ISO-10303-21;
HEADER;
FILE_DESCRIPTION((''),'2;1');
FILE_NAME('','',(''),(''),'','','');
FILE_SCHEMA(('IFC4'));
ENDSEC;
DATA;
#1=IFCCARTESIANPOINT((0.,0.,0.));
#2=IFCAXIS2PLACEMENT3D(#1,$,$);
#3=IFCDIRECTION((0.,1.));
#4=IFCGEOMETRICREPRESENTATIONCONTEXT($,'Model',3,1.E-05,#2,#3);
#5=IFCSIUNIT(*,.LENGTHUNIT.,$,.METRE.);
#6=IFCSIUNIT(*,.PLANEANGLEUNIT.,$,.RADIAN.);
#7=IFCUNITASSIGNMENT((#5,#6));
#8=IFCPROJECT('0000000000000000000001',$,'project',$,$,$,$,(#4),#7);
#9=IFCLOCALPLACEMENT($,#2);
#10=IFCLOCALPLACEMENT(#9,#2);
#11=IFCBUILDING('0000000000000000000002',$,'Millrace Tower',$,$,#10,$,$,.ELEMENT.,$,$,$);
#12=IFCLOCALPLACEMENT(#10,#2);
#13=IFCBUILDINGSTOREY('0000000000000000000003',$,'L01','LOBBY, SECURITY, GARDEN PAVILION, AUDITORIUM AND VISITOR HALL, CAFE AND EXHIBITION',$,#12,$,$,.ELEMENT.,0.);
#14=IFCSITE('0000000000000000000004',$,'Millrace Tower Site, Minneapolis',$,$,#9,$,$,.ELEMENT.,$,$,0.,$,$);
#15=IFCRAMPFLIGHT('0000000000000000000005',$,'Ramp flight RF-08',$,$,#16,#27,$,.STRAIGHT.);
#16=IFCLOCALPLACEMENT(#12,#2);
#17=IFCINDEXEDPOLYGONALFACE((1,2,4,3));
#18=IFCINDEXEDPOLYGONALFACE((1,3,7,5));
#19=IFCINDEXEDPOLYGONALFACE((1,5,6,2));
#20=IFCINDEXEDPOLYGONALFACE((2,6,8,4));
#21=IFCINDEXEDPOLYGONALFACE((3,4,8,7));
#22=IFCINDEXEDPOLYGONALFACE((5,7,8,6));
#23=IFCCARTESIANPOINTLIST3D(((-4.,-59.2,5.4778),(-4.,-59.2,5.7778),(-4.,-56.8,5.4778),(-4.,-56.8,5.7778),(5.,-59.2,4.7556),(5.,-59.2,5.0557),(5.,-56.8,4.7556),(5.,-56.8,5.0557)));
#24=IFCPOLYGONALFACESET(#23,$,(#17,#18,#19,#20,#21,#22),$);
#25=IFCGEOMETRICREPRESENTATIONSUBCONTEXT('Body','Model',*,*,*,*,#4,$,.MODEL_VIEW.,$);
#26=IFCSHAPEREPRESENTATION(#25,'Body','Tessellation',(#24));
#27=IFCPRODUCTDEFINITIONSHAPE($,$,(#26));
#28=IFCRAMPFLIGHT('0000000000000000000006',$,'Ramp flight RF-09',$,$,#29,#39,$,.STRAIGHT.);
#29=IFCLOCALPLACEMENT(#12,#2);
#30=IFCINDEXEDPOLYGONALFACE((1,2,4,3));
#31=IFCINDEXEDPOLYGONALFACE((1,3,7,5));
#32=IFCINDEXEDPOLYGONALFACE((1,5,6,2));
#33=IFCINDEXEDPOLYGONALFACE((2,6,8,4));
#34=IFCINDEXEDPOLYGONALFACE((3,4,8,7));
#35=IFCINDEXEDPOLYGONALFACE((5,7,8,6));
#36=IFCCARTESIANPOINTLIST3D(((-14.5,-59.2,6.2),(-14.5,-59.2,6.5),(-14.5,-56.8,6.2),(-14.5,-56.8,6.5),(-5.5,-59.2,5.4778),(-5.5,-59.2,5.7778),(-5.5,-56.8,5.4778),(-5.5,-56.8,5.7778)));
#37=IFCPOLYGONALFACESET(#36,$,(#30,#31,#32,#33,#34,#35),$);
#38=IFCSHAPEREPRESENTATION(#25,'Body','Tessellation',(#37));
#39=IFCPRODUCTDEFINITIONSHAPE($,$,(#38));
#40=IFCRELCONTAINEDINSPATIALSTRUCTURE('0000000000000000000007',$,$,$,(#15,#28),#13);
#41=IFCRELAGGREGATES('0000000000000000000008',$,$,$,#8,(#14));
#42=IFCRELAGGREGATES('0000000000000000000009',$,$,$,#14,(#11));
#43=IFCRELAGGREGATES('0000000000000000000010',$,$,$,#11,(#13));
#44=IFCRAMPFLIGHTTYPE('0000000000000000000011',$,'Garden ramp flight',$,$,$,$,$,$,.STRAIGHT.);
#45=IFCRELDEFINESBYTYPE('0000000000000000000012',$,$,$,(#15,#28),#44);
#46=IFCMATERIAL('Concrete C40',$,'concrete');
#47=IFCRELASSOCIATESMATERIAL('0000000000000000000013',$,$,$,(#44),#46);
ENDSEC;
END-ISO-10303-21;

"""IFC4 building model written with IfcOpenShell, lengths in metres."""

from ifc_helpers import new_model, si_unit, direction, frame, origin, place, context, subcontext, project, spatial, polyline, outline, extrude, material, type_object, element, save


model = new_model("IFC4")

# Units and contexts
model_context = context("Model", 3, precision=1e-05, world=origin(), true_north=direction((0.0, 1.0)))
body_context = subcontext(model_context, "Body", "Model", "MODEL_VIEW")
ifc_project = project(units=[si_unit("LENGTHUNIT", "METRE"), si_unit("PLANEANGLEUNIT", "RADIAN")], contexts=[model_context])

# Site, building, storey
site_placement = place(None, origin())
site = spatial("IfcSite", under=ifc_project, at=site_placement, Name="Millrace Tower Site, Minneapolis", CompositionType="ELEMENT", RefElevation=0.0)
building_placement = place(site_placement, origin())
building = spatial("IfcBuilding", under=site, at=building_placement, Name="Millrace Tower", CompositionType="ELEMENT")
storey_placement = place(building_placement, origin())
storey = spatial("IfcBuildingStorey", under=building, at=storey_placement, Name="L01", Description="LOBBY, SECURITY, GARDEN PAVILION, AUDITORIUM AND VISITOR HALL, CAFE AND EXHIBITION", CompositionType="ELEMENT", Elevation=0.0)

# Ramp flights
ifc_material_1 = material(Name="Concrete C40", Category="concrete")
ramp_flight_type = type_object("IfcRampFlightType", Name="Garden ramp flight", PredefinedType="STRAIGHT", material=ifc_material_1)
for number, where, z_axis, x_axis, name in (
    (1, (5.0, -58.0, 4.7556), (0.0, 0.0, 1.0), (-1.0, 0.0, 0.0), "Ramp flight RF-08"),
    (2, (-5.5, -58.0, 5.4778), (0.0, 0.0, 1.0), (-1.0, 0.0, 0.0), "Ramp flight RF-09"),
):
    element("IfcRampFlight", number, at=place(storey_placement, frame(where, z_axis=z_axis, x_axis=x_axis)), inside=storey, type_object=ramp_flight_type, Name=name, PredefinedType="STRAIGHT", context=body_context, shape_type="SweptSolid", body=[
        extrude(outline(polyline([(0.0, 0.0), (9.0, 0.7222), (9.0, 1.0222), (0.0, 0.3), (0.0, 0.0)])), frame((0.0, 1.2, 0.0), z_axis=(0.0, -1.0, 0.0), x_axis=(1.0, 0.0, 0.0)), (0.0, 0.0, 1.0), 2.3999),
    ])

save(model, "model.ifc")
